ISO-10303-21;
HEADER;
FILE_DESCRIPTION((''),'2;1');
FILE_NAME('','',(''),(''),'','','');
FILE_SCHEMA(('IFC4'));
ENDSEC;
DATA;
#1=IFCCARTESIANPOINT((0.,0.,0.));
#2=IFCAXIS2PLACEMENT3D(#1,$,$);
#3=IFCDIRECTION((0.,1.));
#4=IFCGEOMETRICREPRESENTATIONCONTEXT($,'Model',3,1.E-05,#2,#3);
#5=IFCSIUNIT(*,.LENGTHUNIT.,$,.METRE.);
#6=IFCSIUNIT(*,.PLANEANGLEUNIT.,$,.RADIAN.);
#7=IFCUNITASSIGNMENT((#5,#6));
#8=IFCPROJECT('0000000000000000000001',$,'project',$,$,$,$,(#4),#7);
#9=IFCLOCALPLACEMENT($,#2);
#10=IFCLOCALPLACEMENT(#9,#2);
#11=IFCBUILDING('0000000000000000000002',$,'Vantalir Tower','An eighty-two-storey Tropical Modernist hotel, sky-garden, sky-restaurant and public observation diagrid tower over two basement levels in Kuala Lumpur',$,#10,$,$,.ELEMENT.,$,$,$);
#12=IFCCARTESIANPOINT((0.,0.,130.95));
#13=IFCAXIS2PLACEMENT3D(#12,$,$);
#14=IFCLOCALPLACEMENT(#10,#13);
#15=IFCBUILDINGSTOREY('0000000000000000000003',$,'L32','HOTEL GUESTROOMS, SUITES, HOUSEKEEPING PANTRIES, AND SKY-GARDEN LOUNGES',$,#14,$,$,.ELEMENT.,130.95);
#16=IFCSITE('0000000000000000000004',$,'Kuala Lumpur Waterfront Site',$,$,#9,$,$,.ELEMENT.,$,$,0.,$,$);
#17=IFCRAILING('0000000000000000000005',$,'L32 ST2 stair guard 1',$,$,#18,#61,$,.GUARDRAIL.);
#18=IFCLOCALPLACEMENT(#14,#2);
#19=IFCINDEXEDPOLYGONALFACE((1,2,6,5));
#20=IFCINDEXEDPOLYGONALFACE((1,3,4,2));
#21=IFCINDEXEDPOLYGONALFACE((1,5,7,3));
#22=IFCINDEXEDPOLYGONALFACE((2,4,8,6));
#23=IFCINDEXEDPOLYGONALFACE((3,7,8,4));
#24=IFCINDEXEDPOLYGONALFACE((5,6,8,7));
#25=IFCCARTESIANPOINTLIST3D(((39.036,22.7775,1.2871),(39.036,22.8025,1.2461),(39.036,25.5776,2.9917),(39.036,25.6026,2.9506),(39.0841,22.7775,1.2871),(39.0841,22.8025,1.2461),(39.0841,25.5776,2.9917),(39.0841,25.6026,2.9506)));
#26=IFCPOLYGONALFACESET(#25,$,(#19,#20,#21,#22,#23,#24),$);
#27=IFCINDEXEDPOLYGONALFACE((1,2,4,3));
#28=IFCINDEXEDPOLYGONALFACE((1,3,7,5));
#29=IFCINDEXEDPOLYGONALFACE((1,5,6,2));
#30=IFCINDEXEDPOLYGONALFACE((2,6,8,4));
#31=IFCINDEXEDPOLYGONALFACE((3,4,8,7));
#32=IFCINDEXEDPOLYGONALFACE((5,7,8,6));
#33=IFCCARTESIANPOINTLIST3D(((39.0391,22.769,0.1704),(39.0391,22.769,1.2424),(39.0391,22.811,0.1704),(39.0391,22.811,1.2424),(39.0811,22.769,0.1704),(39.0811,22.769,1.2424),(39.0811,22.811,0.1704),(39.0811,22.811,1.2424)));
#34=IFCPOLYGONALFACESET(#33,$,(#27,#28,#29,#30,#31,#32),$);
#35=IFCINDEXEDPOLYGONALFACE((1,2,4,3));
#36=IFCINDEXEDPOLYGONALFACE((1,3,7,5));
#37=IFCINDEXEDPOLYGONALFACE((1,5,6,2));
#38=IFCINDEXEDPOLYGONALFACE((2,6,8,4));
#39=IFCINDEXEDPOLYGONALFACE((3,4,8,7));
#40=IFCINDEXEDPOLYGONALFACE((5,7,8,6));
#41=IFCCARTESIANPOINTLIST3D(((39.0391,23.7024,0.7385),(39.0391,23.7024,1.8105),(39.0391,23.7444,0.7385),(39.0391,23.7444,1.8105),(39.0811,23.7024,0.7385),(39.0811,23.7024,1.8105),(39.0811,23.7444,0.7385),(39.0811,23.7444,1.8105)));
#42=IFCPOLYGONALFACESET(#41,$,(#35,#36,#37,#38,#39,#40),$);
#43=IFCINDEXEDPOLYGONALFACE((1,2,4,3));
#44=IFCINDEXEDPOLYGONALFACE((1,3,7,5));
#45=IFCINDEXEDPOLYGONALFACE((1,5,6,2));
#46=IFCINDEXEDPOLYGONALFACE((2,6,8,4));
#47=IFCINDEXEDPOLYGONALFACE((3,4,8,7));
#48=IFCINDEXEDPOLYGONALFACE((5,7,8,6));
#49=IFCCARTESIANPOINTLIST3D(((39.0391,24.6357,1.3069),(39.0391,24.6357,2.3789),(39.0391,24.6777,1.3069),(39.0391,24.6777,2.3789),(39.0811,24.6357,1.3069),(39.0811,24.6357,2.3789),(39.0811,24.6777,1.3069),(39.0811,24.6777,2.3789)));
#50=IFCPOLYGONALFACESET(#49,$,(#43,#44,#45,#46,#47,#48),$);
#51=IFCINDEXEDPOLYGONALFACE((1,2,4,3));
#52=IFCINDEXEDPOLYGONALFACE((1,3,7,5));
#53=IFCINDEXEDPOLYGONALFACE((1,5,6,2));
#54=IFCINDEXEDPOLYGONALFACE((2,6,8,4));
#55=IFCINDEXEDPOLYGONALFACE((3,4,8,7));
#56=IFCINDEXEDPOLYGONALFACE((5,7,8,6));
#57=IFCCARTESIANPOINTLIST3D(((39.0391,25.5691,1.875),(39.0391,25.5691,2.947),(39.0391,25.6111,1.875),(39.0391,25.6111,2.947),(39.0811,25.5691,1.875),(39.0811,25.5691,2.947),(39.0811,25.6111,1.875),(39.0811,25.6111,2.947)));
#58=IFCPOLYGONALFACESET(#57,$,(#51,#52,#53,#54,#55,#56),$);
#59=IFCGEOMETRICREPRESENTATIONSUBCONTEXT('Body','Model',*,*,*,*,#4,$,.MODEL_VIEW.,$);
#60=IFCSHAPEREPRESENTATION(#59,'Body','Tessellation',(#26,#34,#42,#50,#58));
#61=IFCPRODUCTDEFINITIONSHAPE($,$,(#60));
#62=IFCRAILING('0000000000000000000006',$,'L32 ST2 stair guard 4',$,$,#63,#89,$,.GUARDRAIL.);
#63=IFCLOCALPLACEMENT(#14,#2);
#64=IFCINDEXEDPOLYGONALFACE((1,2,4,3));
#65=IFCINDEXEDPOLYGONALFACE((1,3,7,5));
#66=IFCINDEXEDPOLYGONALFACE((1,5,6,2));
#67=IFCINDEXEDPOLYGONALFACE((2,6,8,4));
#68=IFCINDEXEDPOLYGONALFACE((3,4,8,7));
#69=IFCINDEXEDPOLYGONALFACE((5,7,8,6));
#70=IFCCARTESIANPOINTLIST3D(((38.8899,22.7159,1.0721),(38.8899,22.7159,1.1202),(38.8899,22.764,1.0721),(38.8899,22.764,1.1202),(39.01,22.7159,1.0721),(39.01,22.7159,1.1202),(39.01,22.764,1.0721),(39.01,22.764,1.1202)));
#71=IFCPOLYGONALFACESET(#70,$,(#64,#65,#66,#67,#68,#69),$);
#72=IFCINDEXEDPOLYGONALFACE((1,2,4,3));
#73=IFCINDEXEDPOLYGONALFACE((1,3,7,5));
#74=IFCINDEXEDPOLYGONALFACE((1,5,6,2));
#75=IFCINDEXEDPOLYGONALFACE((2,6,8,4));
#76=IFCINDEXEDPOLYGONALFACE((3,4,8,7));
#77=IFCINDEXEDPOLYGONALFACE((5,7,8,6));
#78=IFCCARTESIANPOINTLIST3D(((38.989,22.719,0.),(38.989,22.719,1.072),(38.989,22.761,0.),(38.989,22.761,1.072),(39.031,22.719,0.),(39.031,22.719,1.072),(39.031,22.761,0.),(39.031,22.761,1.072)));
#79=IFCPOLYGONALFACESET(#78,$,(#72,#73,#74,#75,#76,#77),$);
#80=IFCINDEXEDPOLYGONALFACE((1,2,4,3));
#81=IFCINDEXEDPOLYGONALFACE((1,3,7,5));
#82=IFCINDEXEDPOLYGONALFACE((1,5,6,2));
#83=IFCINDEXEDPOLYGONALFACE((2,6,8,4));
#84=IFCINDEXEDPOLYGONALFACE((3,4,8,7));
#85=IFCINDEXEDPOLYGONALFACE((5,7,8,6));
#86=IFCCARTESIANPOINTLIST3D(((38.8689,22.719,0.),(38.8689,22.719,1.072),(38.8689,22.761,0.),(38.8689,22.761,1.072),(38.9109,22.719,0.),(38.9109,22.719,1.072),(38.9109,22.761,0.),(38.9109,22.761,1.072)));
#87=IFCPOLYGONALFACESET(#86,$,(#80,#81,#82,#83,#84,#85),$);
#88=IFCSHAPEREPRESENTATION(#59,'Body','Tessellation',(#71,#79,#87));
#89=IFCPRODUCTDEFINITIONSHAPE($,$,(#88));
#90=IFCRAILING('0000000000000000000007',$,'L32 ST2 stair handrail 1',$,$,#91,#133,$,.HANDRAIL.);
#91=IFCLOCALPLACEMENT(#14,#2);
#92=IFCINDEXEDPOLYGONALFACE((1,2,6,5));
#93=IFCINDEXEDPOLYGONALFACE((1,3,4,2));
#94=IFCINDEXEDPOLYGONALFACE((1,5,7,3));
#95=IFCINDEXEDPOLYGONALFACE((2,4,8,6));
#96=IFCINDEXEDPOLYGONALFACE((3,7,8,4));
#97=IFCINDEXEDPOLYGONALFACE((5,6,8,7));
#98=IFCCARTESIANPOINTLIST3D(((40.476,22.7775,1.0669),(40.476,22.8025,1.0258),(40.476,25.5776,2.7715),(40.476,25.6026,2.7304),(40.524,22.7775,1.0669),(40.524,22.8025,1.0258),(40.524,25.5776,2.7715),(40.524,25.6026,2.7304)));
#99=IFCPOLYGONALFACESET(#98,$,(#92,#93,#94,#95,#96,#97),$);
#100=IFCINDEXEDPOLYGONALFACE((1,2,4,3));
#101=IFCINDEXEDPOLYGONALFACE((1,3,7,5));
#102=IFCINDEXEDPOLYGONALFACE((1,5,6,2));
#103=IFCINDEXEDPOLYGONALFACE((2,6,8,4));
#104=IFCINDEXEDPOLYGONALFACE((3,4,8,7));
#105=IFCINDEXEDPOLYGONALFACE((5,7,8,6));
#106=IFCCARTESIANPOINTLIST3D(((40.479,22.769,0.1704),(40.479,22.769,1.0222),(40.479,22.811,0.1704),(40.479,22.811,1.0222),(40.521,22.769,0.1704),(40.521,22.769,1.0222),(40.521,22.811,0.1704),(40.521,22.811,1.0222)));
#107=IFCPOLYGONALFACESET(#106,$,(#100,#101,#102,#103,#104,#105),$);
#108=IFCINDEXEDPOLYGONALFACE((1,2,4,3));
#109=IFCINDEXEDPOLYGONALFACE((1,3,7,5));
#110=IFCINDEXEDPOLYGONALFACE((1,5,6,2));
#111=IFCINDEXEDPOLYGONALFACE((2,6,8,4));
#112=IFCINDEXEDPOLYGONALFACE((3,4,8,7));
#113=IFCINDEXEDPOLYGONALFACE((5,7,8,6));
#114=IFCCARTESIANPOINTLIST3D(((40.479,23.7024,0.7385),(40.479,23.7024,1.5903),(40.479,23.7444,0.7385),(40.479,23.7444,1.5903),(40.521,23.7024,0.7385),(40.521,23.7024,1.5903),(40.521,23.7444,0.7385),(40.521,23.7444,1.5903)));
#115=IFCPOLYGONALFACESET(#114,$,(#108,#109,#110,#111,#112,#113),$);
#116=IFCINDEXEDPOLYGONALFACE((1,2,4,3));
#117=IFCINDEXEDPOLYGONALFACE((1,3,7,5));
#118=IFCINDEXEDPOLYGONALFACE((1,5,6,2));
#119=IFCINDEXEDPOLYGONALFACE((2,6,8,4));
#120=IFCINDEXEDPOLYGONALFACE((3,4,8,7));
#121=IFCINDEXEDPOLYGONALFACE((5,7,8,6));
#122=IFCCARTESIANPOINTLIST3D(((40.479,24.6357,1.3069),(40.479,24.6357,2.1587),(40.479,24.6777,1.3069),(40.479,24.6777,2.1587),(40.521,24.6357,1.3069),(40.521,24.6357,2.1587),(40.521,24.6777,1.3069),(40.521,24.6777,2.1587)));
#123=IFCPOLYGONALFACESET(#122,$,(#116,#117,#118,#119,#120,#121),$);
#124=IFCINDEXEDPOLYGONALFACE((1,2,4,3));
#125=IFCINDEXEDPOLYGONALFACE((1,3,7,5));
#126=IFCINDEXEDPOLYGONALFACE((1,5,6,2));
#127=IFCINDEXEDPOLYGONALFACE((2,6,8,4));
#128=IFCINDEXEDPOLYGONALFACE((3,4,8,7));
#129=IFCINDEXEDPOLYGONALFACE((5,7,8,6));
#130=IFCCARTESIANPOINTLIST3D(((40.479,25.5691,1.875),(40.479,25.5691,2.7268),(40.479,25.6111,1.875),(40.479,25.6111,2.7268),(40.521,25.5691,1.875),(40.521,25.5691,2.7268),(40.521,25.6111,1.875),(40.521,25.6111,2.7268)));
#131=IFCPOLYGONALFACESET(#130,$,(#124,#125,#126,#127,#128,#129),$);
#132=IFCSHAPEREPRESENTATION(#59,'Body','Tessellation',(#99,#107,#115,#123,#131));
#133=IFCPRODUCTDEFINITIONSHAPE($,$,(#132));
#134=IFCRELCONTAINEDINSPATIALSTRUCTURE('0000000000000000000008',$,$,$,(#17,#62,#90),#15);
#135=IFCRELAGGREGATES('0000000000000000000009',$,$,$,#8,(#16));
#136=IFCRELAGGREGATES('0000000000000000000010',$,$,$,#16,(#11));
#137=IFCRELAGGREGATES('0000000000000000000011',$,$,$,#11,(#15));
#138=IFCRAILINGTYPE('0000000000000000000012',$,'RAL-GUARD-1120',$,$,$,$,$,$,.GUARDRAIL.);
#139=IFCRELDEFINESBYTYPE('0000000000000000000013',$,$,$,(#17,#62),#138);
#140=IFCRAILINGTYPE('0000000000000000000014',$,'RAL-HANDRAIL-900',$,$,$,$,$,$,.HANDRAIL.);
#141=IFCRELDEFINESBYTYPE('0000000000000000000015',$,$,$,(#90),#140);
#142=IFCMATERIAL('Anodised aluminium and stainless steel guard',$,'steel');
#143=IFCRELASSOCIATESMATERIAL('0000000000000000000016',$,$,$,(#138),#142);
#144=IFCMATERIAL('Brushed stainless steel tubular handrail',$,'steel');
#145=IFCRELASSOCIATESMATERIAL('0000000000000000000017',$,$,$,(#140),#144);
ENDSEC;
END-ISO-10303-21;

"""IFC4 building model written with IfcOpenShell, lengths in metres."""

from ifc_helpers import new_model, si_unit, direction, frame, origin, origin_2d, place, context, subcontext, project, spatial, rectangle, extrude, material, type_object, element, save


model = new_model("IFC4")

# Units and contexts
model_context = context("Model", 3, precision=1e-05, world=origin(), true_north=direction((0.0, 1.0)))
body_context = subcontext(model_context, "Body", "Model", "MODEL_VIEW")
ifc_project = project(units=[si_unit("LENGTHUNIT", "METRE"), si_unit("PLANEANGLEUNIT", "RADIAN")], contexts=[model_context])

# Site, building, storey
site_placement = place(None, origin())
site = spatial("IfcSite", under=ifc_project, at=site_placement, Name="Kuala Lumpur Waterfront Site", CompositionType="ELEMENT", RefElevation=0.0)
building_placement = place(site_placement, origin())
building = spatial("IfcBuilding", under=site, at=building_placement, Name="Vantalir Tower", Description="An eighty-two-storey Tropical Modernist hotel, sky-garden, sky-restaurant and public observation diagrid tower over two basement levels in Kuala Lumpur", CompositionType="ELEMENT")
storey_placement = place(building_placement, frame((0.0, 0.0, 130.95)))
storey = spatial("IfcBuildingStorey", under=building, at=storey_placement, Name="L32", Description="HOTEL GUESTROOMS, SUITES, HOUSEKEEPING PANTRIES, AND SKY-GARDEN LOUNGES", CompositionType="ELEMENT", Elevation=130.95)

# Railings
ifc_material_1 = material(Name="Anodised aluminium and stainless steel guard", Category="steel")
railing_type_1 = type_object("IfcRailingType", Name="RAL-GUARD-1120", PredefinedType="GUARDRAIL", material=ifc_material_1)
railing_1_placement = place(storey_placement, frame((39.0601, 22.79, 0.1704)))
element("IfcRailing", 1, at=railing_1_placement, inside=storey, type_object=railing_type_1, Name="L32 ST2 stair guard 1", PredefinedType="GUARDRAIL", context=body_context, shape_type="SweptSolid", body=[
    extrude(rectangle(XDim=0.0481, YDim=0.0481, at=origin_2d()), frame((0.0, 0.0, 1.0962), z_axis=(0.0, 0.85417, 0.519994), x_axis=(-1.0, 0.0, 0.0)), (0.0, 0.0, 1.0), 3.2781),
    extrude(rectangle(XDim=0.042, YDim=0.042, at=origin_2d()), origin(), (0.0, 0.0, 1.0), 1.072),
    extrude(rectangle(XDim=0.042, YDim=0.042, at=origin_2d()), frame((0.0, 0.9333, 0.5681)), (0.0, 0.0, 1.0), 1.072),
    extrude(rectangle(XDim=0.042, YDim=0.042, at=origin_2d()), frame((0.0, 1.8667, 1.1365)), (0.0, 0.0, 1.0), 1.072),
    extrude(rectangle(XDim=0.042, YDim=0.042, at=origin_2d()), frame((0.0, 2.8, 1.7046)), (0.0, 0.0, 1.0), 1.072),
])
railing_2_placement = place(storey_placement, frame((39.01, 22.74, 0.0)))
element("IfcRailing", 2, at=railing_2_placement, inside=storey, type_object=railing_type_1, Name="L32 ST2 stair guard 4", PredefinedType="GUARDRAIL", context=body_context, shape_type="SweptSolid", body=[
    extrude(rectangle(XDim=0.0481, YDim=0.0481, at=origin_2d()), frame((0.0, 0.0, 1.0962), z_axis=(-1.0, 0.0, 0.0), x_axis=(0.0, -1.0, 0.0)), (0.0, 0.0, 1.0), 0.1201),
    extrude(rectangle(XDim=0.042, YDim=0.042, at=origin_2d()), origin(), (0.0, 0.0, 1.0), 1.072),
    extrude(rectangle(XDim=0.042, YDim=0.042, at=origin_2d()), frame((-0.1201, 0.0, 0.0)), (0.0, 0.0, 1.0), 1.072),
])
ifc_material_2 = material(Name="Brushed stainless steel tubular handrail", Category="steel")
railing_type_2 = type_object("IfcRailingType", Name="RAL-HANDRAIL-900", PredefinedType="HANDRAIL", material=ifc_material_2)
railing_3_placement = place(storey_placement, frame((40.5, 22.79, 0.1704)))
element("IfcRailing", 3, at=railing_3_placement, inside=storey, type_object=railing_type_2, Name="L32 ST2 stair handrail 1", PredefinedType="HANDRAIL", context=body_context, shape_type="SweptSolid", body=[
    extrude(rectangle(XDim=0.0481, YDim=0.0481, at=origin_2d()), frame((0.0, 0.0, 0.876), z_axis=(0.0, 0.85417, 0.519994), x_axis=(-1.0, 0.0, 0.0)), (0.0, 0.0, 1.0), 3.2781),
    extrude(rectangle(XDim=0.042, YDim=0.042, at=origin_2d()), origin(), (0.0, 0.0, 1.0), 0.8518),
    extrude(rectangle(XDim=0.042, YDim=0.042, at=origin_2d()), frame((0.0, 0.9333, 0.5681)), (0.0, 0.0, 1.0), 0.8518),
    extrude(rectangle(XDim=0.042, YDim=0.042, at=origin_2d()), frame((0.0, 1.8667, 1.1365)), (0.0, 0.0, 1.0), 0.8518),
    extrude(rectangle(XDim=0.042, YDim=0.042, at=origin_2d()), frame((0.0, 2.8, 1.7046)), (0.0, 0.0, 1.0), 0.8518),
])

save(model, "model.ifc")
